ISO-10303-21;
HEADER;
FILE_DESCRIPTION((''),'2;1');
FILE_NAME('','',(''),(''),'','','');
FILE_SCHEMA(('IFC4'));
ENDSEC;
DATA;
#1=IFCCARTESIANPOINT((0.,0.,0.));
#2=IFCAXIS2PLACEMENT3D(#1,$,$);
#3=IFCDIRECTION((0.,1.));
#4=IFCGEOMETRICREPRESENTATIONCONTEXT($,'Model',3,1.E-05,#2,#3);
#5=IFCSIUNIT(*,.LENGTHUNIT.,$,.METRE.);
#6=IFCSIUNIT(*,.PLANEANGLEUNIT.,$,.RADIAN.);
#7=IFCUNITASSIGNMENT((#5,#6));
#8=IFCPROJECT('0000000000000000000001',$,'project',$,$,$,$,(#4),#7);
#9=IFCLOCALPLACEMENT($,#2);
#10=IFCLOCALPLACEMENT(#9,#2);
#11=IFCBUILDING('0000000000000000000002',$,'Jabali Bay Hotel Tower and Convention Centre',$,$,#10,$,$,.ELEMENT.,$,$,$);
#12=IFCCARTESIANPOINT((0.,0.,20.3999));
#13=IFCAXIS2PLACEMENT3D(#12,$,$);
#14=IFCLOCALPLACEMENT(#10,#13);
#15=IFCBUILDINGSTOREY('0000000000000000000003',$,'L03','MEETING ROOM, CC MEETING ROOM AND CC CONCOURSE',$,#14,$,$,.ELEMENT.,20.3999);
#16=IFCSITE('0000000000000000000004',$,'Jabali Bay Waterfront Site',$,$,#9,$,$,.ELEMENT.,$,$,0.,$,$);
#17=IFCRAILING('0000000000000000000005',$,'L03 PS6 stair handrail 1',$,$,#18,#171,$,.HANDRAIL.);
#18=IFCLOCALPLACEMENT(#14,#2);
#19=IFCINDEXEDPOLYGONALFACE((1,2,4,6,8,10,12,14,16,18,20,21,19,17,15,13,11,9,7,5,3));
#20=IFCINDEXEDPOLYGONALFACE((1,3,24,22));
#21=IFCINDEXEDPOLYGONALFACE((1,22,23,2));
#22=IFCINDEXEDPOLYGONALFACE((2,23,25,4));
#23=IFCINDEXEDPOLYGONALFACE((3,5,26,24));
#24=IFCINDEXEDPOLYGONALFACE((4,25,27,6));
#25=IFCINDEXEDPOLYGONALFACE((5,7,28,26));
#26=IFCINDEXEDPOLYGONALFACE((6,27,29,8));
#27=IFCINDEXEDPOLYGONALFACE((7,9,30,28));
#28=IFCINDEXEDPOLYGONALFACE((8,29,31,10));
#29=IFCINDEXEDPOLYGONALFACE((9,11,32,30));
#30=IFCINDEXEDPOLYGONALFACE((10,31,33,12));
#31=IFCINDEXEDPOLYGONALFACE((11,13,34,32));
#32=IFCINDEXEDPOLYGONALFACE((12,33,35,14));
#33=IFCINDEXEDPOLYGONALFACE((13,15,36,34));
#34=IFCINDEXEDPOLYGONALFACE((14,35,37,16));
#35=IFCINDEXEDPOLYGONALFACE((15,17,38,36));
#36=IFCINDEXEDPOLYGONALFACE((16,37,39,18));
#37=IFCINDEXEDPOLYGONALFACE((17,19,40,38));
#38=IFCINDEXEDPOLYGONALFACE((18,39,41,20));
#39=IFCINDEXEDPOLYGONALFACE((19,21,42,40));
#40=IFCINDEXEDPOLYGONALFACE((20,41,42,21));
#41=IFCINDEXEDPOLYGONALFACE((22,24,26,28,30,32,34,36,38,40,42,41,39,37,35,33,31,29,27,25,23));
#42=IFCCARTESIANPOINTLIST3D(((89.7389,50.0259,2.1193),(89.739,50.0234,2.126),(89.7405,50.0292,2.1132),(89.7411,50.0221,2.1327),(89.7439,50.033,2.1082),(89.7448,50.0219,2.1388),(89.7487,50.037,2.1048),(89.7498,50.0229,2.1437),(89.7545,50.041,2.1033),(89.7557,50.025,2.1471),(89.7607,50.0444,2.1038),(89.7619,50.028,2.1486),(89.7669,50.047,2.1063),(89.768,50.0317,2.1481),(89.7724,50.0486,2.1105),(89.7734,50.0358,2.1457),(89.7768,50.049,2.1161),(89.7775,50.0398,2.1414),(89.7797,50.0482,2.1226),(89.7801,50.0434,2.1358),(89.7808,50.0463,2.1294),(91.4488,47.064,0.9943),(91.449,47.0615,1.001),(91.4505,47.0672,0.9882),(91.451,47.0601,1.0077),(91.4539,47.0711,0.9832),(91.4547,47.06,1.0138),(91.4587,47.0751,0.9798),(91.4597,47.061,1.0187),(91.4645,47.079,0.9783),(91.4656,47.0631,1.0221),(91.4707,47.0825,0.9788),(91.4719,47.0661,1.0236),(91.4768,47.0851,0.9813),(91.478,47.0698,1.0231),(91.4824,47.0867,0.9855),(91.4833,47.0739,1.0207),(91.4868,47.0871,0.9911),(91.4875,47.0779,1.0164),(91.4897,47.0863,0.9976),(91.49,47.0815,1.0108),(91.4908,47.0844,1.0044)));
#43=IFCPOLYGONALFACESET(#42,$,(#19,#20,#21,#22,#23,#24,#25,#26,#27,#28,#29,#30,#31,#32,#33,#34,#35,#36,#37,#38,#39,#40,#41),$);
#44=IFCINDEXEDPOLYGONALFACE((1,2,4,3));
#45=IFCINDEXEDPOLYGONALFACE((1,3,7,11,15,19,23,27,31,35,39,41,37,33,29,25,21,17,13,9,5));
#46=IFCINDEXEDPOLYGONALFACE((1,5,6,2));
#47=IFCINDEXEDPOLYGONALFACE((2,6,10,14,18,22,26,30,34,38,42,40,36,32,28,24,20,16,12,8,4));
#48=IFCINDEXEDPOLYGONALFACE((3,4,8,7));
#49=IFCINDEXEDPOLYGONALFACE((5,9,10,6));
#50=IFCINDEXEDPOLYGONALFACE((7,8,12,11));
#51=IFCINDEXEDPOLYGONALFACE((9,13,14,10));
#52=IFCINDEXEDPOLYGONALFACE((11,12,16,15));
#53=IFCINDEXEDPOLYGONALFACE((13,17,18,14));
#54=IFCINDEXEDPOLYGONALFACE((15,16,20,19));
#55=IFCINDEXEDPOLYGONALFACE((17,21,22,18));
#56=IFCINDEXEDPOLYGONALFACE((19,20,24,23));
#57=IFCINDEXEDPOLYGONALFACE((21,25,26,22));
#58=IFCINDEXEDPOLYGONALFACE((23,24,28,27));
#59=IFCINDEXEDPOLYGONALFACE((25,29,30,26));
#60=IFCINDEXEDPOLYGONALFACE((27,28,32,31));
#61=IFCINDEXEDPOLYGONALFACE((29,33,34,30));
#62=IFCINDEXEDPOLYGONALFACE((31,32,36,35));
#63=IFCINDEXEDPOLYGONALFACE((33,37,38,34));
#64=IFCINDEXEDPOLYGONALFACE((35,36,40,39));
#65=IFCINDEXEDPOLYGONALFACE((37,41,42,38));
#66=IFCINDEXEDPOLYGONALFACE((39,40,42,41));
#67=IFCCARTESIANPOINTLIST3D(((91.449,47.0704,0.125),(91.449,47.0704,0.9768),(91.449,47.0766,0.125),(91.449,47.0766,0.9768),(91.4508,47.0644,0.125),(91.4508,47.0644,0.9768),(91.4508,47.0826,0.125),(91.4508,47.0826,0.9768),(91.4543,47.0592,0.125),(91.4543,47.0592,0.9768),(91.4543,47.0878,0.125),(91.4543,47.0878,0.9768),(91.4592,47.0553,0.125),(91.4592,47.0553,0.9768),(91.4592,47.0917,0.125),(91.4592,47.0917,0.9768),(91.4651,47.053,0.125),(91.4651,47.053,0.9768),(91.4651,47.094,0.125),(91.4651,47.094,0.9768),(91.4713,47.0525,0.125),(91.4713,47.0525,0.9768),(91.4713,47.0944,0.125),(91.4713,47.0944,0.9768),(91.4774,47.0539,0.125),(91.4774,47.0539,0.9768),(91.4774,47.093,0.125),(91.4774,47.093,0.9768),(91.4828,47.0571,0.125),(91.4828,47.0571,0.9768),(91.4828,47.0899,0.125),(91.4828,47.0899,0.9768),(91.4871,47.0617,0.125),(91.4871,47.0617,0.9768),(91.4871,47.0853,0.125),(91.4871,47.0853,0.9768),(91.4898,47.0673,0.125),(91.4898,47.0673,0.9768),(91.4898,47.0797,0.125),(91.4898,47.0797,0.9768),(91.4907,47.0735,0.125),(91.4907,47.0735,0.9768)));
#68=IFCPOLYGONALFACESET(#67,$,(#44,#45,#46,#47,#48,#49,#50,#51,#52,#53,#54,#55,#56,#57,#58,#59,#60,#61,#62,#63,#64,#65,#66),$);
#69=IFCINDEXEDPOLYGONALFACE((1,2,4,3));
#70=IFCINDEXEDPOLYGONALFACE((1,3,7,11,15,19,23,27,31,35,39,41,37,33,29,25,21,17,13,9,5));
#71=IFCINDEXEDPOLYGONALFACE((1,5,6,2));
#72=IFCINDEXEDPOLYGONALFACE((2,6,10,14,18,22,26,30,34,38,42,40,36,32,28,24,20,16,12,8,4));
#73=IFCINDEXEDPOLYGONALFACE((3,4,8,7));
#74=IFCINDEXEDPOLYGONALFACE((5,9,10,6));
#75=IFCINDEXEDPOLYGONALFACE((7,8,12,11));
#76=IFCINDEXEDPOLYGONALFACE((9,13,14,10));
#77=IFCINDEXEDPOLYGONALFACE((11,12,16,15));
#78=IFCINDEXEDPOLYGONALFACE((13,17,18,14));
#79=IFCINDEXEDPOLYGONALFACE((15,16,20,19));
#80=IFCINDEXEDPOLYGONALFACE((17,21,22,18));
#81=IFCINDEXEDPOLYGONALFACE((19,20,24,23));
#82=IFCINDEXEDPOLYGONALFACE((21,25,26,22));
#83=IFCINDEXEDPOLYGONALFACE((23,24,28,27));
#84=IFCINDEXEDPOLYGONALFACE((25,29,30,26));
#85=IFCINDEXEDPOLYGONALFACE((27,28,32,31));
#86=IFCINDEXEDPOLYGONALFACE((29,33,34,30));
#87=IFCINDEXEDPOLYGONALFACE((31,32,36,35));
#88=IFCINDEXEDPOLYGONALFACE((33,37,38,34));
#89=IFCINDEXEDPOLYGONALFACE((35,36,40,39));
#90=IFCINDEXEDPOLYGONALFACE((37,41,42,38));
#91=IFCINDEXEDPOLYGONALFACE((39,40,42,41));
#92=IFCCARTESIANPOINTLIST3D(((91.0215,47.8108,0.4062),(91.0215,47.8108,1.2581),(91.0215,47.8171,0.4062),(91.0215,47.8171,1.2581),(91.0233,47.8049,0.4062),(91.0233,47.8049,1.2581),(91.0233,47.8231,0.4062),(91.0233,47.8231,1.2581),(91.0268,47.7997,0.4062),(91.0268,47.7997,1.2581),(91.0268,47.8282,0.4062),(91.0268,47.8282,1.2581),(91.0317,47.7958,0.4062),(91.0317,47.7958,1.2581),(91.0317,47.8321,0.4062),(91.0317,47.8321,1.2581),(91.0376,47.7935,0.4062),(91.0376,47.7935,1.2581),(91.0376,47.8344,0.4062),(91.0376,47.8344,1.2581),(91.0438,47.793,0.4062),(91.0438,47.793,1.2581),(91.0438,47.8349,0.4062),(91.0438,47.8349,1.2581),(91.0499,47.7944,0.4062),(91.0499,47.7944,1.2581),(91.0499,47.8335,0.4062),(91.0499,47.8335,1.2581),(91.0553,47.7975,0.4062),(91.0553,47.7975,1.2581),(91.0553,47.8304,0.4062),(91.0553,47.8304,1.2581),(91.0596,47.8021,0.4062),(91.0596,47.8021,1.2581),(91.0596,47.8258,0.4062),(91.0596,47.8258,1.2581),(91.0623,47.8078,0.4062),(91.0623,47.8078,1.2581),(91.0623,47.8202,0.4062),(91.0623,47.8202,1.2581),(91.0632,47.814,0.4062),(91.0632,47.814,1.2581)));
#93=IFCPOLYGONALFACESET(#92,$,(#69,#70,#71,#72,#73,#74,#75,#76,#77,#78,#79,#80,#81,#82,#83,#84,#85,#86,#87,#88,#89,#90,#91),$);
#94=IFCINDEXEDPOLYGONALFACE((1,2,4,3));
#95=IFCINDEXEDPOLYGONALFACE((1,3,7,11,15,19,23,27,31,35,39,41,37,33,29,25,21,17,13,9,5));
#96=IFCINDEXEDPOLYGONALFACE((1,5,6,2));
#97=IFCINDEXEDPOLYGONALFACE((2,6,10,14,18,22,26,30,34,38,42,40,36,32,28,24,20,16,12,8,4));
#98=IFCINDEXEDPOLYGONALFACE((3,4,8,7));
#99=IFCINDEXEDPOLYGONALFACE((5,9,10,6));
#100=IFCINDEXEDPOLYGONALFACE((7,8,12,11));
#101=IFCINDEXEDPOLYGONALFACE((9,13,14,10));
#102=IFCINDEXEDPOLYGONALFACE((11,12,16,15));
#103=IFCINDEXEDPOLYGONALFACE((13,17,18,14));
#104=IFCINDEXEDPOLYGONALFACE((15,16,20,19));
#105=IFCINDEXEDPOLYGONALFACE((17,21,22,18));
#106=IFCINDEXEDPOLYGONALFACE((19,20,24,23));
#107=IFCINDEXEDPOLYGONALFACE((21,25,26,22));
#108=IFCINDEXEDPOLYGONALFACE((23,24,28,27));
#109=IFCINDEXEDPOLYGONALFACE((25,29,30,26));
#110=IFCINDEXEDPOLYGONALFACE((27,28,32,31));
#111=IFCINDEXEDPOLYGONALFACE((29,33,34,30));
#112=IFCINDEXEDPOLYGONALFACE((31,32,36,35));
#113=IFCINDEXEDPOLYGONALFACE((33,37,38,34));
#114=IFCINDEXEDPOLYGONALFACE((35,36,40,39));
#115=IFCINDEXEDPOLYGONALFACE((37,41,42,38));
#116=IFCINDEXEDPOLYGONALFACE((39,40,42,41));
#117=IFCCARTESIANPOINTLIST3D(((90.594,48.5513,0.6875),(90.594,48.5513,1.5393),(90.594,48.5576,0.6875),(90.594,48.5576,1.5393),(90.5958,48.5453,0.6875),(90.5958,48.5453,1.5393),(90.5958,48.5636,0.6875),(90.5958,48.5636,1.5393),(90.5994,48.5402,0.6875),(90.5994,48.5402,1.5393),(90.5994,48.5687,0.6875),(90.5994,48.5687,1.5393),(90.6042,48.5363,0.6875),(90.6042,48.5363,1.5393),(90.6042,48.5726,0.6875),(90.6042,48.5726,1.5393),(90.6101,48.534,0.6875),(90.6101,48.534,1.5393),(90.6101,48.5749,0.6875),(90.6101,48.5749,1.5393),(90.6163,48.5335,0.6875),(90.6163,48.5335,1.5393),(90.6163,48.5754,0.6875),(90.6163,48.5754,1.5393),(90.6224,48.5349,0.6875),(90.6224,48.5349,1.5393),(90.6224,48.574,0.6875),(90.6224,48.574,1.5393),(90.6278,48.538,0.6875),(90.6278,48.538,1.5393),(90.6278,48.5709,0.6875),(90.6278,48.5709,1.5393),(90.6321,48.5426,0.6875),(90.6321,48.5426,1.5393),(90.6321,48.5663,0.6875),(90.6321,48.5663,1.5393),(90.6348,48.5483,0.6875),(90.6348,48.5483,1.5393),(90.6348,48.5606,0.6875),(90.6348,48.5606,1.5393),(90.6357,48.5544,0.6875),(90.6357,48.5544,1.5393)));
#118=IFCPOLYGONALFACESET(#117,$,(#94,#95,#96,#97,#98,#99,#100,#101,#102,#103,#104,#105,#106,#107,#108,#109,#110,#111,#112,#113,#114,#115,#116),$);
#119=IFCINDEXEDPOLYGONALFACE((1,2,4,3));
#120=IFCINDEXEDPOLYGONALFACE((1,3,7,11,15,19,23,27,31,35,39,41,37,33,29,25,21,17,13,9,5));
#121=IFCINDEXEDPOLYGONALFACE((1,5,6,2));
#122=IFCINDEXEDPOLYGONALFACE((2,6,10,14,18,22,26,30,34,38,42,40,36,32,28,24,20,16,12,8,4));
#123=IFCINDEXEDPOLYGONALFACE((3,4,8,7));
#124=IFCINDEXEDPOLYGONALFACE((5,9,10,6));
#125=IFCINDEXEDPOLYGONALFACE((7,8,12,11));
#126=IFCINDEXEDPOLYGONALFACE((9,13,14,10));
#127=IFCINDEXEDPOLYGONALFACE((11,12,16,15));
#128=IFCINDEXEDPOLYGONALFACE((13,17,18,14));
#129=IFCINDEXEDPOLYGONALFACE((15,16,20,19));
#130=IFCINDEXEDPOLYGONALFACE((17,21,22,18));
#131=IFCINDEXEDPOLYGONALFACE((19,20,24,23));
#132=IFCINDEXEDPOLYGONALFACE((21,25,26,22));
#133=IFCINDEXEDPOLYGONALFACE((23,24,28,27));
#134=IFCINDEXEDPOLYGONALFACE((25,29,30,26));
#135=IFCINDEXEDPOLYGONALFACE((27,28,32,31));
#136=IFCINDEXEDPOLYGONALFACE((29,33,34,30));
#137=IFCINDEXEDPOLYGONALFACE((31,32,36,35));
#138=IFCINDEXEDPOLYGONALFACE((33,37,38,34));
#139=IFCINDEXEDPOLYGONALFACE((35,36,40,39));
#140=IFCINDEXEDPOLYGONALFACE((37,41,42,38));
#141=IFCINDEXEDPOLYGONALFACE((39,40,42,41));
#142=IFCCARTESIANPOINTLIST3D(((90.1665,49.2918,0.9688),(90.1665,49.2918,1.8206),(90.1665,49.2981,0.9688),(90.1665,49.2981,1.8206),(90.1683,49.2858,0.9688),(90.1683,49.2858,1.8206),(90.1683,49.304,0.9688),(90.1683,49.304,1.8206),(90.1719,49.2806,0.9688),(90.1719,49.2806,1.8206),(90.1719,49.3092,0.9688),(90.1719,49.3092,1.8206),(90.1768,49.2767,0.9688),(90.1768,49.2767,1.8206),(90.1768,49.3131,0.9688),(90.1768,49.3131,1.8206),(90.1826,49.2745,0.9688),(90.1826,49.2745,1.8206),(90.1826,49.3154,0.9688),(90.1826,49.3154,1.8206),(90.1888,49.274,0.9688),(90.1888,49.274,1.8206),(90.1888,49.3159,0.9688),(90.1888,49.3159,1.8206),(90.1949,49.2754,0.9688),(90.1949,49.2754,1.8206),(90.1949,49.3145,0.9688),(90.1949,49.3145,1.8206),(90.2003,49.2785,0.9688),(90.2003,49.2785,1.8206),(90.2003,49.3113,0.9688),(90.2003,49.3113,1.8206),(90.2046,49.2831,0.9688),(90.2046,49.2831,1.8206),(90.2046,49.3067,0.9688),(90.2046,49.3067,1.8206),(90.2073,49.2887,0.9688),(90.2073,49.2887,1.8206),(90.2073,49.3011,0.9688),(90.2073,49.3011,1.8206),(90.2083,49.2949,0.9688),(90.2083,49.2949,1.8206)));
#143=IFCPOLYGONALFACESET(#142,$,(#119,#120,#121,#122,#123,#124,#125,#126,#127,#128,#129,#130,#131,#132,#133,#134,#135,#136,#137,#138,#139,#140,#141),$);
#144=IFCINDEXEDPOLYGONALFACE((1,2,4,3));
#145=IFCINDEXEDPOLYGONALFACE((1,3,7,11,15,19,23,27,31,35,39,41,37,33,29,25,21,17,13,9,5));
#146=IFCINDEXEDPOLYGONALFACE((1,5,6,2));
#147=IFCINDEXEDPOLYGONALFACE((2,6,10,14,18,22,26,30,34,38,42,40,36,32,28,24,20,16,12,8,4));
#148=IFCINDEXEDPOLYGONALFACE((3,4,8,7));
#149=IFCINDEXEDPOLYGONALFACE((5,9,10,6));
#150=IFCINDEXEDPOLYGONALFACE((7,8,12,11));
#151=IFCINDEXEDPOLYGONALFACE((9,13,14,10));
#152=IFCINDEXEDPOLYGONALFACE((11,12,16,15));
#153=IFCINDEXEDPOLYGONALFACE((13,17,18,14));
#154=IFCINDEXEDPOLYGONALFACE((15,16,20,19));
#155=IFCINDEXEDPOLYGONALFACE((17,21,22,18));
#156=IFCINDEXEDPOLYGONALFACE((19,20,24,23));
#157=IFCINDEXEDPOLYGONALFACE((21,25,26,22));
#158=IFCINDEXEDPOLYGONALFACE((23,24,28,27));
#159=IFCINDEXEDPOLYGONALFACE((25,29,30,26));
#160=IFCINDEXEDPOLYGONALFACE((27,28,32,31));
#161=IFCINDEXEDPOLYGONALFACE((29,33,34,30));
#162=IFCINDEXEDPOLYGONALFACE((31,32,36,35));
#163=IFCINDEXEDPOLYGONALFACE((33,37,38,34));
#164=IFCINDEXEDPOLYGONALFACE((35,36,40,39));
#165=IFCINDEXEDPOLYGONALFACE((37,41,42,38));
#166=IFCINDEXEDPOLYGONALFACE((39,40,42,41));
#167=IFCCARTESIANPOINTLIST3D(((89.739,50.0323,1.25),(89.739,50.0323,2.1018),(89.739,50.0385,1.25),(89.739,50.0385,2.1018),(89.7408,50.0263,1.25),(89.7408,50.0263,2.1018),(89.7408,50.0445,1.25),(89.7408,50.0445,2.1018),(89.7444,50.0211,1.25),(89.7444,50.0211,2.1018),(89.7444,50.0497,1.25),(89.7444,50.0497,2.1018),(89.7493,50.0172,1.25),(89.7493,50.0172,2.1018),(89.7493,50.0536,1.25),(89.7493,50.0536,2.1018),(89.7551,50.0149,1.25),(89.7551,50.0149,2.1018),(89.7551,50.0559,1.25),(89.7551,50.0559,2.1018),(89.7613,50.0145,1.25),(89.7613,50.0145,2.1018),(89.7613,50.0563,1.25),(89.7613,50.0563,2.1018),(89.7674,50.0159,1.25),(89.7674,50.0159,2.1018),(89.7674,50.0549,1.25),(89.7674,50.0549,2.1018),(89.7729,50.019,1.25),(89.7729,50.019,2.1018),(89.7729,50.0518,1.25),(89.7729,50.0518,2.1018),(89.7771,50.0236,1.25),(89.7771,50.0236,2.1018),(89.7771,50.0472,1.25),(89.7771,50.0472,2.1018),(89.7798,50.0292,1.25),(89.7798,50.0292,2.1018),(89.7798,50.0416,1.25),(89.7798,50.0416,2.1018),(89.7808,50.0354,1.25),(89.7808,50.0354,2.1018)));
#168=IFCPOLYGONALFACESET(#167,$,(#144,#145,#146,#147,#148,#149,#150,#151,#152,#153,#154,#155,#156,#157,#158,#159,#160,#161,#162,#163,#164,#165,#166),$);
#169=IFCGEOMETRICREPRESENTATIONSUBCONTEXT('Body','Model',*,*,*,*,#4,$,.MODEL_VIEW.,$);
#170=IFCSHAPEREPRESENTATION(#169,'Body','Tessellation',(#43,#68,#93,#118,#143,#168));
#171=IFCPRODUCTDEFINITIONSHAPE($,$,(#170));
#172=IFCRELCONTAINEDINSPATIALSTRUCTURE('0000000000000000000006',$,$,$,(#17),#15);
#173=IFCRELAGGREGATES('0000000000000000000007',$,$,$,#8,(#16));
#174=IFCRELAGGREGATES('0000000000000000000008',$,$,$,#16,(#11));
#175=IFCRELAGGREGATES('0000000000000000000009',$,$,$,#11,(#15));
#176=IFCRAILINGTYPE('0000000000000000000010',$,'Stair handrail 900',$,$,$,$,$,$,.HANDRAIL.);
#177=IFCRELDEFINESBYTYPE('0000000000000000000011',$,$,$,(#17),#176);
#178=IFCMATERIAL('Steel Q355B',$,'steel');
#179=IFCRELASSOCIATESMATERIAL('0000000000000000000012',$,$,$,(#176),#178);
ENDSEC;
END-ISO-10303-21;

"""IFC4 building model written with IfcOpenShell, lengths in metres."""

from ifc_helpers import new_model, si_unit, direction, frame, origin, origin_2d, place, context, subcontext, project, spatial, circle, extrude, material, type_object, element, save


model = new_model("IFC4")

# Units and contexts
model_context = context("Model", 3, precision=1e-05, world=origin(), true_north=direction((0.0, 1.0)))
body_context = subcontext(model_context, "Body", "Model", "MODEL_VIEW")
ifc_project = project(units=[si_unit("LENGTHUNIT", "METRE"), si_unit("PLANEANGLEUNIT", "RADIAN")], contexts=[model_context])

# Site, building, storey
site_placement = place(None, origin())
site = spatial("IfcSite", under=ifc_project, at=site_placement, Name="Jabali Bay Waterfront Site", CompositionType="ELEMENT", RefElevation=0.0)
building_placement = place(site_placement, origin())
building = spatial("IfcBuilding", under=site, at=building_placement, Name="Jabali Bay Hotel Tower and Convention Centre", CompositionType="ELEMENT")
storey_placement = place(building_placement, frame((0.0, 0.0, 20.3999)))
storey = spatial("IfcBuildingStorey", under=building, at=storey_placement, Name="L03", Description="MEETING ROOM, CC MEETING ROOM AND CC CONCOURSE", CompositionType="ELEMENT", Elevation=20.3999)

# Railing
ifc_material_1 = material(Name="Steel Q355B", Category="steel")
railing_type_1 = type_object("IfcRailingType", Name="Stair handrail 900", PredefinedType="HANDRAIL", material=ifc_material_1)
for number, where, name in (
    (1, (91.4697, 47.0735, 0.125), "L03 PS6 stair handrail 1"),
):
    element("IfcRailing", number, at=place(storey_placement, frame(where)), inside=storey, type_object=railing_type_1, Name=name, PredefinedType="HANDRAIL", context=body_context, shape_type="SweptSolid", body=[
        extrude(circle(Radius=0.0239, at=origin_2d()), frame((0.0, 0.0, 0.876), z_axis=(-0.474943, 0.822674, 0.31247), x_axis=(-0.866038, -0.499978, 0.0)), (0.0, 0.0, 1.0), 3.6003),
        extrude(circle(Radius=0.021, at=origin_2d()), origin(), (0.0, 0.0, 1.0), 0.8518),
        extrude(circle(Radius=0.021, at=origin_2d()), frame((-0.4275, 0.7405, 0.2812)), (0.0, 0.0, 1.0), 0.8518),
        extrude(circle(Radius=0.021, at=origin_2d()), frame((-0.855, 1.481, 0.5625)), (0.0, 0.0, 1.0), 0.8518),
        extrude(circle(Radius=0.021, at=origin_2d()), frame((-1.2825, 2.2214, 0.8438)), (0.0, 0.0, 1.0), 0.8518),
        extrude(circle(Radius=0.021, at=origin_2d()), frame((-1.71, 2.9619, 1.125)), (0.0, 0.0, 1.0), 0.8518),
    ])

save(model, "model.ifc")
